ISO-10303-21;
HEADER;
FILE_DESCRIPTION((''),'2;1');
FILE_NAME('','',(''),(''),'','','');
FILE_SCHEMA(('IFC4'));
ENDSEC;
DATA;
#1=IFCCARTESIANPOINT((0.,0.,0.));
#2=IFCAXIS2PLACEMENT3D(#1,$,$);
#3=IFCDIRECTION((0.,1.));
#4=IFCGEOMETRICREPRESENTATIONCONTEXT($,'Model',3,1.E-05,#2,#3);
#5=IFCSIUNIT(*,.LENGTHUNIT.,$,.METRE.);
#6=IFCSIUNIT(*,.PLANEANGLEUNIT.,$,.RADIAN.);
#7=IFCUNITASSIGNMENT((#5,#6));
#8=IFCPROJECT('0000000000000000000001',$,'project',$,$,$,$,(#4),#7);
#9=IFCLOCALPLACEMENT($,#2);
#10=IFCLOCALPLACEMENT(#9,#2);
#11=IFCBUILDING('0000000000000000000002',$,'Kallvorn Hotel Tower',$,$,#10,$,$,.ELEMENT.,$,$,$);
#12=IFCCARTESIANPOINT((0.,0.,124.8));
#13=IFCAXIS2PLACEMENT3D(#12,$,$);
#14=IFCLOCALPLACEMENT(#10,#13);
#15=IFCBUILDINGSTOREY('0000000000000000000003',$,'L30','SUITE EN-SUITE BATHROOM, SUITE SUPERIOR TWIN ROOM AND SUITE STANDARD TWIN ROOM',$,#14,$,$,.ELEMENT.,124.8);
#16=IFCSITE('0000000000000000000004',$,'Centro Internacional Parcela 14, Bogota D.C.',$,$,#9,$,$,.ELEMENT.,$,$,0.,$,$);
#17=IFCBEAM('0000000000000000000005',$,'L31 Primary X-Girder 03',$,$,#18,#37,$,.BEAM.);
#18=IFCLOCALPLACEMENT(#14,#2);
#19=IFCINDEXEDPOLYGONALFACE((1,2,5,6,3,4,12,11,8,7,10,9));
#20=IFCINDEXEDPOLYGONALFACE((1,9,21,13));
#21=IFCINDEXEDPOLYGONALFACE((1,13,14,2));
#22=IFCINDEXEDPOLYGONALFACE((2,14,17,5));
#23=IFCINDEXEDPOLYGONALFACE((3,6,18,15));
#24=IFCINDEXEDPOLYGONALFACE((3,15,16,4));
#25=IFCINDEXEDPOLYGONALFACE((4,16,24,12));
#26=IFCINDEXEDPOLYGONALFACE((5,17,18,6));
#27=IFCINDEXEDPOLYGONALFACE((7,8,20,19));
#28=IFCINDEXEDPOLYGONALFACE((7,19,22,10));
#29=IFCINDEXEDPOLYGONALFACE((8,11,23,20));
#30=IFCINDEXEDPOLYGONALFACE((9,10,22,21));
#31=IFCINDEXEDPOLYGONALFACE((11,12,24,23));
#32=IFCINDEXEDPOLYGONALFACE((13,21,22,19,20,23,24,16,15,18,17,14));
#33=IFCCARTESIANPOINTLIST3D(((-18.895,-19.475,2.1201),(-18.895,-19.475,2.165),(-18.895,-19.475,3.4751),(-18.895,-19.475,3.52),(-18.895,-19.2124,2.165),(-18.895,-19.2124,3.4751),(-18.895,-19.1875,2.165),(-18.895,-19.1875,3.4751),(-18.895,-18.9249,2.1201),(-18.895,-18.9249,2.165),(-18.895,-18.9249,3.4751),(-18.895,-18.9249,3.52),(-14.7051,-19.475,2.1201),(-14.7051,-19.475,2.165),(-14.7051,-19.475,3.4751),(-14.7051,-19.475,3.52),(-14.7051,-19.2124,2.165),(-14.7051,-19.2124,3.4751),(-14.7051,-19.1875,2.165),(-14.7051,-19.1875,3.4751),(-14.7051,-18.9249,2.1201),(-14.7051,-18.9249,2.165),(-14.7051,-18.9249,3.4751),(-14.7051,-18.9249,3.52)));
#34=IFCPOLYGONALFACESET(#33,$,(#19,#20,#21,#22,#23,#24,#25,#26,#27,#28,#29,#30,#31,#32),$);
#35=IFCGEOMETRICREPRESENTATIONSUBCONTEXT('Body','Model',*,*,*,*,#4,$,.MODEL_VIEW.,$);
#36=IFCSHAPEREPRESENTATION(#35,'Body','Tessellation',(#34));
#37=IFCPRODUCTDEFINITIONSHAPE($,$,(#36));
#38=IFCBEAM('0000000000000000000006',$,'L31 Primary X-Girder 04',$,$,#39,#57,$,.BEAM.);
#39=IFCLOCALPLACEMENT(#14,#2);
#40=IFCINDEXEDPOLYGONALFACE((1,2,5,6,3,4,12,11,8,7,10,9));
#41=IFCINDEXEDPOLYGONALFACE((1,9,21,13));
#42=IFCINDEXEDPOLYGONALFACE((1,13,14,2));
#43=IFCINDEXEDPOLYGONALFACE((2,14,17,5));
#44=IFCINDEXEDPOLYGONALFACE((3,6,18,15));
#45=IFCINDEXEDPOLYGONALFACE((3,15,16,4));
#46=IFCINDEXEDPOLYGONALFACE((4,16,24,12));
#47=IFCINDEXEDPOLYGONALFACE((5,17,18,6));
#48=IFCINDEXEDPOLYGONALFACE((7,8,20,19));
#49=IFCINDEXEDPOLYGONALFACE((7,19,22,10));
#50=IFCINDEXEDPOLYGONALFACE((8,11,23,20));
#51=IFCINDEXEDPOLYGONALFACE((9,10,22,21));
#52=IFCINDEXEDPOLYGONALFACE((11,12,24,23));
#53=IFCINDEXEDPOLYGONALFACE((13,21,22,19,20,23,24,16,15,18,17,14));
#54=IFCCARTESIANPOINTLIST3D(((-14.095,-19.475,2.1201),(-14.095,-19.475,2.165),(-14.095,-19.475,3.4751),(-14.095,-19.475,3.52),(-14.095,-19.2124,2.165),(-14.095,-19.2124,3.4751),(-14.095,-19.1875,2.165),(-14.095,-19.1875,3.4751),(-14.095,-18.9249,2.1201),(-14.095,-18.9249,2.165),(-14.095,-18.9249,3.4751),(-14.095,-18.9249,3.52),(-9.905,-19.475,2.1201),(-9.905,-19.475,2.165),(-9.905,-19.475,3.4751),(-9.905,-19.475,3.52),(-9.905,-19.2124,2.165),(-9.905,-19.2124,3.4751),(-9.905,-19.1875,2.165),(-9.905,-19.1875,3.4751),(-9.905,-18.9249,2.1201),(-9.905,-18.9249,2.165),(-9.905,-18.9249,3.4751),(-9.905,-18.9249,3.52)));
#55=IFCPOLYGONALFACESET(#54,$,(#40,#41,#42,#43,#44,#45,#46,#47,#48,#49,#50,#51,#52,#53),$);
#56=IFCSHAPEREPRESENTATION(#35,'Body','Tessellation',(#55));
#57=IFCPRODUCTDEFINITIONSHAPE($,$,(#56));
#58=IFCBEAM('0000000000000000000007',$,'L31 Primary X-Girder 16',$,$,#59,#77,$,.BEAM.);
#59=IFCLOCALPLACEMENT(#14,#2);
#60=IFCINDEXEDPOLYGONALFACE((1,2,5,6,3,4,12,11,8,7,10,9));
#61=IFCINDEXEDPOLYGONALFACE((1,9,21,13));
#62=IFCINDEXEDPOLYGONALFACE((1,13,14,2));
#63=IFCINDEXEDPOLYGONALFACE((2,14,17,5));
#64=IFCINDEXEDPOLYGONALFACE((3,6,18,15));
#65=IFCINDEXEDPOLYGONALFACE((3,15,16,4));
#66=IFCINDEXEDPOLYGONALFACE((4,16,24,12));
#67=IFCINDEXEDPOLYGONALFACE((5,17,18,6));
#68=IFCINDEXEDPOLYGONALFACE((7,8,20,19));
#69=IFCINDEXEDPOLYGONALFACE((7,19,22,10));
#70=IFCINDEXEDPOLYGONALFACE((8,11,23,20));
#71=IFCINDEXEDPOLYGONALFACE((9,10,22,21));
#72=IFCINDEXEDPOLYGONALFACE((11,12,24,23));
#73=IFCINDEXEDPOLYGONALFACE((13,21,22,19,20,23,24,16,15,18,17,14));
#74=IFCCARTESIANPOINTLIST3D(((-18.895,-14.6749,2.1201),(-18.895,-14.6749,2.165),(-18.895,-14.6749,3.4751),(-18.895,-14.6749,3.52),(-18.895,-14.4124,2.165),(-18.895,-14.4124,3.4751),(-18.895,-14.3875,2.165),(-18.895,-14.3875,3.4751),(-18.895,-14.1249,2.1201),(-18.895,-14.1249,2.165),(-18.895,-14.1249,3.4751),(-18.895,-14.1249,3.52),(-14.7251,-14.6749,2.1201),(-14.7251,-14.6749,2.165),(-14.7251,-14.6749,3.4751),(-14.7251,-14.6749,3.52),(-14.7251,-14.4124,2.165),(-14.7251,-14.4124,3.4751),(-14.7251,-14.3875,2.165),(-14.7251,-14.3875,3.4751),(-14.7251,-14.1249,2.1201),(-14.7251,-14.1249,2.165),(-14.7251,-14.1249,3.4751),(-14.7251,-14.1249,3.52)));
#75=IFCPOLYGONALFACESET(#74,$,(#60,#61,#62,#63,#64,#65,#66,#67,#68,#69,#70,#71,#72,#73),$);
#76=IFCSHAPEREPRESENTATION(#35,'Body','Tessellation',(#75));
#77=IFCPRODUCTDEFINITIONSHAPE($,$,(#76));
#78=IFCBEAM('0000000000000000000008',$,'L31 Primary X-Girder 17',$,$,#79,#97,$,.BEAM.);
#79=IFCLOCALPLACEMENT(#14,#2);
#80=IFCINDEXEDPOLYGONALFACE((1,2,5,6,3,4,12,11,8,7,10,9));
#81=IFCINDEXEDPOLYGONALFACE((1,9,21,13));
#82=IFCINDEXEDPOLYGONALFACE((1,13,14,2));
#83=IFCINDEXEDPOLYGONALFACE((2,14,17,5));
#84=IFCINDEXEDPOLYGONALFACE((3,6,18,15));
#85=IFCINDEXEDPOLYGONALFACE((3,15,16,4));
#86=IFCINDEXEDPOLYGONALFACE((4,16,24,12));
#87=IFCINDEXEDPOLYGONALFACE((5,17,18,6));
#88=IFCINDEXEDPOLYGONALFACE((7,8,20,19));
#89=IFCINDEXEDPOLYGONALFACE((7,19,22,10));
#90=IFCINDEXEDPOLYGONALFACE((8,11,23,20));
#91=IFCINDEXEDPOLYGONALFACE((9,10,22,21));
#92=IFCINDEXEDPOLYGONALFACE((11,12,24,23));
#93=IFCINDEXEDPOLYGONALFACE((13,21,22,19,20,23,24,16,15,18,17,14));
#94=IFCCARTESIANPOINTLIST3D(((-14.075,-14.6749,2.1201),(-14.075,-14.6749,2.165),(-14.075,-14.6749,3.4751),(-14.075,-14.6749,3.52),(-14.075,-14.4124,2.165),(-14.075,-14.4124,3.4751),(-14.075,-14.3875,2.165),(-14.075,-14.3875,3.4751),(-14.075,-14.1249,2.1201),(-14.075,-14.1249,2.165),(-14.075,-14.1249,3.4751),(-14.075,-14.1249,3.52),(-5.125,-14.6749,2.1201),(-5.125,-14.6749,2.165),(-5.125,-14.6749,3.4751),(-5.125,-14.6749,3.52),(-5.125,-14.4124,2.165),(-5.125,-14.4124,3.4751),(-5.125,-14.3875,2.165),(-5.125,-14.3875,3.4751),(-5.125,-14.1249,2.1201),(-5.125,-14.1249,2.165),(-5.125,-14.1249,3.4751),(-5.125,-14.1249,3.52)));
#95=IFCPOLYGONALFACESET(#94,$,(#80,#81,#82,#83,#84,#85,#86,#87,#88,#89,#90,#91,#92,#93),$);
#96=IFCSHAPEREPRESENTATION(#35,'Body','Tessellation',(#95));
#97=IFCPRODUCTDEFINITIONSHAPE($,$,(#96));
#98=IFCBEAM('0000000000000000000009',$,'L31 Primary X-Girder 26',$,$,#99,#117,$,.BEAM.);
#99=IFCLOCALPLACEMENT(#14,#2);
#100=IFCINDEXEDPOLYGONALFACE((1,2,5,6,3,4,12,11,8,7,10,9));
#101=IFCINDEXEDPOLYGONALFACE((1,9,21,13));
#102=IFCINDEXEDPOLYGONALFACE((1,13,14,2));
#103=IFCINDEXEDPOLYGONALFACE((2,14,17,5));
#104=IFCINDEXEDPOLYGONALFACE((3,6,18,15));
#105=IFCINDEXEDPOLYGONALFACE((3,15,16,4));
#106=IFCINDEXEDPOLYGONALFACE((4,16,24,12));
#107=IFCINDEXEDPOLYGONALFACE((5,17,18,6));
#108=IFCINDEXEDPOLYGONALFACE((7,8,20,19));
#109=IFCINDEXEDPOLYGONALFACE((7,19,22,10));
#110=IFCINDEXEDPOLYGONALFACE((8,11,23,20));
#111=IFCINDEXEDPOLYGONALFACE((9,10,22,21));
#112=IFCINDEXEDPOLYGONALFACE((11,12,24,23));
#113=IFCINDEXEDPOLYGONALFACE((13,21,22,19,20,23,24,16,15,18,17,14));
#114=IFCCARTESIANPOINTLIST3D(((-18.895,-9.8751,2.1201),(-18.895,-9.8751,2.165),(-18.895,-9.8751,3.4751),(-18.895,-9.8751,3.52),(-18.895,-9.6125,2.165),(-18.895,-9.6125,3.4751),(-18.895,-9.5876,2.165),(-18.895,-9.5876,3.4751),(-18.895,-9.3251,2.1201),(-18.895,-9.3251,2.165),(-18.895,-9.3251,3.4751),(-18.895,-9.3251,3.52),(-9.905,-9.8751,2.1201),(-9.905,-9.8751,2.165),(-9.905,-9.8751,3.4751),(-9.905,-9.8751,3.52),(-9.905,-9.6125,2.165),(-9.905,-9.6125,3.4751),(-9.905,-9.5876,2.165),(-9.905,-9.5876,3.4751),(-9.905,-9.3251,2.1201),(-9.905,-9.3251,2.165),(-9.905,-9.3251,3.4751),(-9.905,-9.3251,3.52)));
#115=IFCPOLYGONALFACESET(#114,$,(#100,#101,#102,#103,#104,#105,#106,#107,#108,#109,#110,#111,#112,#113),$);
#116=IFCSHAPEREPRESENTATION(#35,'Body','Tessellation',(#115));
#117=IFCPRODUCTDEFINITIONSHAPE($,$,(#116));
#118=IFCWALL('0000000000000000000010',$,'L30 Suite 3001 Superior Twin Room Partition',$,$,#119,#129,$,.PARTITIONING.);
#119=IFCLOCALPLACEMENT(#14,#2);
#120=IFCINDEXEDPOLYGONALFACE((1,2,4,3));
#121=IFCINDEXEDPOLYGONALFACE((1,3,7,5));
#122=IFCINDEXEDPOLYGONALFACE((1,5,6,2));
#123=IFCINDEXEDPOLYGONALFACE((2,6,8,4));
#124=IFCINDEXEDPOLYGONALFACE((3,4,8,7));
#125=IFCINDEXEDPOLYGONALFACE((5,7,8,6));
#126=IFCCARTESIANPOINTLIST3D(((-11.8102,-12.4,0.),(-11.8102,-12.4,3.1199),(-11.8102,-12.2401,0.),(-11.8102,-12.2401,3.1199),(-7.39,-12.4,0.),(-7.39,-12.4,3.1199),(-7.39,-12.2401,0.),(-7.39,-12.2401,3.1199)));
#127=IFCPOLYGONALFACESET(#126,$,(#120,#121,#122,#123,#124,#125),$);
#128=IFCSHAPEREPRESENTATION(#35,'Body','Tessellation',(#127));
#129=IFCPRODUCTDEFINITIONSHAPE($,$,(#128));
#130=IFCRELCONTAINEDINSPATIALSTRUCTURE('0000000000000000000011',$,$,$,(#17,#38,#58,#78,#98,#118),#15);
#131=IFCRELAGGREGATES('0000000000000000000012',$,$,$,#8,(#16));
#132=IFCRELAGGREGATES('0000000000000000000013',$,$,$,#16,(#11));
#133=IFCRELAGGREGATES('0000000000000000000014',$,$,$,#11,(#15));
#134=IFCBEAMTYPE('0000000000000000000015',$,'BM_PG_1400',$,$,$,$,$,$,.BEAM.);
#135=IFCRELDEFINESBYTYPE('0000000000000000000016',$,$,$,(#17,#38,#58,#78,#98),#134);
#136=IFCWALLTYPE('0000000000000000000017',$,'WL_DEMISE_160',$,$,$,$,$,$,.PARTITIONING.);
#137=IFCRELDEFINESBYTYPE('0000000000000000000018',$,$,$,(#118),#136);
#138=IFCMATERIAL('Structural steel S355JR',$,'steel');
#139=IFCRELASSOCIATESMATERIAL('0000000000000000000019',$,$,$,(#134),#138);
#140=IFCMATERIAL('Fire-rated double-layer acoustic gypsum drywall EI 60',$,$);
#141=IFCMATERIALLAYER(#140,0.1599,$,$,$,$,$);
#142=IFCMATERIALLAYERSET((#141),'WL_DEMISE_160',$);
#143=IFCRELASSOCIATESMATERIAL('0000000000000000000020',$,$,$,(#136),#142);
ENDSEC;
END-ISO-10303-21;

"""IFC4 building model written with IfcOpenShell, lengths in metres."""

from ifc_helpers import new_model, si_unit, direction, frame, frame_2d, origin, origin_2d, place, context, subcontext, project, spatial, rectangle, i_section, extrude, material, layer, layer_set, material_profile, profile_set, type_object, element, save


model = new_model("IFC4")

# Units and contexts
model_context = context("Model", 3, precision=1e-05, world=origin(), true_north=direction((0.0, 1.0)))
body_context = subcontext(model_context, "Body", "Model", "MODEL_VIEW")
ifc_project = project(units=[si_unit("LENGTHUNIT", "METRE"), si_unit("PLANEANGLEUNIT", "RADIAN")], contexts=[model_context])

# Site, building, storey
site_placement = place(None, origin())
site = spatial("IfcSite", under=ifc_project, at=site_placement, Name="Centro Internacional Parcela 14, Bogota D.C.", CompositionType="ELEMENT", RefElevation=0.0)
building_placement = place(site_placement, origin())
building = spatial("IfcBuilding", under=site, at=building_placement, Name="Kallvorn Hotel Tower", CompositionType="ELEMENT")
storey_placement = place(building_placement, frame((0.0, 0.0, 124.8)))
storey = spatial("IfcBuildingStorey", under=building, at=storey_placement, Name="L30", Description="SUITE EN-SUITE BATHROOM, SUITE SUPERIOR TWIN ROOM AND SUITE STANDARD TWIN ROOM", CompositionType="ELEMENT", Elevation=124.8)

# Beams
ifc_material_1 = material(Name="Structural steel S355JR", Category="steel")
ifc_material_profile_1 = material_profile(ifc_material_1, i_section(OverallWidth=0.55, OverallDepth=1.3999, WebThickness=0.0249, FlangeThickness=0.0449, at=origin_2d()), Name="PG 1400x550x25x45")
ifc_profile_set_1 = profile_set([ifc_material_profile_1], Name="Structural steel S355JR")
beam_type_1 = type_object("IfcBeamType", Name="BM_PG_1400", PredefinedType="BEAM", material=ifc_profile_set_1)
for number, where, z_axis, x_axis, name in (
    (1, (-18.895, -19.2, 2.8201), (1.0, 0.0, 0.0), (0.0, 1.0, 0.0), "L31 Primary X-Girder 03"),
    (2, (-14.095, -19.2, 2.8201), (1.0, 0.0, 0.0), (0.0, 1.0, 0.0), "L31 Primary X-Girder 04"),
):
    element("IfcBeam", number, at=place(storey_placement, frame(where, z_axis=z_axis, x_axis=x_axis)), inside=storey, type_object=beam_type_1, Name=name, PredefinedType="BEAM", context=body_context, shape_type="SweptSolid", body=[
        extrude(i_section(OverallWidth=0.55, OverallDepth=1.3999, WebThickness=0.0249, FlangeThickness=0.0449, at=origin_2d()), origin(), (0.0, 0.0, 1.0), 4.1899),
    ])
beam_1_placement = place(storey_placement, frame((-18.895, -14.3999, 2.8201), z_axis=(1.0, 0.0, 0.0), x_axis=(0.0, 1.0, 0.0)))
element("IfcBeam", 3, at=beam_1_placement, inside=storey, type_object=beam_type_1, Name="L31 Primary X-Girder 16", PredefinedType="BEAM", context=body_context, shape_type="SweptSolid", body=[
    extrude(i_section(OverallWidth=0.55, OverallDepth=1.3999, WebThickness=0.0249, FlangeThickness=0.0449, at=origin_2d()), origin(), (0.0, 0.0, 1.0), 4.1699),
])
beam_2_placement = place(storey_placement, frame((-14.075, -14.3999, 2.8201), z_axis=(1.0, 0.0, 0.0), x_axis=(0.0, 1.0, 0.0)))
element("IfcBeam", 4, at=beam_2_placement, inside=storey, type_object=beam_type_1, Name="L31 Primary X-Girder 17", PredefinedType="BEAM", context=body_context, shape_type="SweptSolid", body=[
    extrude(i_section(OverallWidth=0.55, OverallDepth=1.3999, WebThickness=0.0249, FlangeThickness=0.0449, at=origin_2d()), origin(), (0.0, 0.0, 1.0), 8.95),
])
beam_3_placement = place(storey_placement, frame((-18.895, -9.6001, 2.8201), z_axis=(1.0, 0.0, 0.0), x_axis=(0.0, 1.0, 0.0)))
element("IfcBeam", 5, at=beam_3_placement, inside=storey, type_object=beam_type_1, Name="L31 Primary X-Girder 26", PredefinedType="BEAM", context=body_context, shape_type="SweptSolid", body=[
    extrude(i_section(OverallWidth=0.55, OverallDepth=1.3999, WebThickness=0.0249, FlangeThickness=0.0449, at=origin_2d()), origin(), (0.0, 0.0, 1.0), 8.99),
])

# Wall
ifc_material_2 = material(Name="Fire-rated double-layer acoustic gypsum drywall EI 60")
ifc_layer = layer(ifc_material_2, 0.1599)
ifc_layer_set = layer_set([ifc_layer], Name="WL_DEMISE_160")
wall_type = type_object("IfcWallType", Name="WL_DEMISE_160", PredefinedType="PARTITIONING", material=ifc_layer_set)
wall_1_placement = place(storey_placement, frame((-11.8101, -12.3201, 0.0), z_axis=(0.0, 0.0, 1.0), x_axis=(1.0, 0.0, 0.0)))
element("IfcWall", 6, at=wall_1_placement, inside=storey, type_object=wall_type, Name="L30 Suite 3001 Superior Twin Room Partition", PredefinedType="PARTITIONING", context=body_context, shape_type="SweptSolid", body=[
    extrude(rectangle(XDim=4.4202, YDim=0.1599, at=frame_2d((2.21, 0.0))), origin(), (0.0, 0.0, 1.0), 3.1199),
])

save(model, "model.ifc")
